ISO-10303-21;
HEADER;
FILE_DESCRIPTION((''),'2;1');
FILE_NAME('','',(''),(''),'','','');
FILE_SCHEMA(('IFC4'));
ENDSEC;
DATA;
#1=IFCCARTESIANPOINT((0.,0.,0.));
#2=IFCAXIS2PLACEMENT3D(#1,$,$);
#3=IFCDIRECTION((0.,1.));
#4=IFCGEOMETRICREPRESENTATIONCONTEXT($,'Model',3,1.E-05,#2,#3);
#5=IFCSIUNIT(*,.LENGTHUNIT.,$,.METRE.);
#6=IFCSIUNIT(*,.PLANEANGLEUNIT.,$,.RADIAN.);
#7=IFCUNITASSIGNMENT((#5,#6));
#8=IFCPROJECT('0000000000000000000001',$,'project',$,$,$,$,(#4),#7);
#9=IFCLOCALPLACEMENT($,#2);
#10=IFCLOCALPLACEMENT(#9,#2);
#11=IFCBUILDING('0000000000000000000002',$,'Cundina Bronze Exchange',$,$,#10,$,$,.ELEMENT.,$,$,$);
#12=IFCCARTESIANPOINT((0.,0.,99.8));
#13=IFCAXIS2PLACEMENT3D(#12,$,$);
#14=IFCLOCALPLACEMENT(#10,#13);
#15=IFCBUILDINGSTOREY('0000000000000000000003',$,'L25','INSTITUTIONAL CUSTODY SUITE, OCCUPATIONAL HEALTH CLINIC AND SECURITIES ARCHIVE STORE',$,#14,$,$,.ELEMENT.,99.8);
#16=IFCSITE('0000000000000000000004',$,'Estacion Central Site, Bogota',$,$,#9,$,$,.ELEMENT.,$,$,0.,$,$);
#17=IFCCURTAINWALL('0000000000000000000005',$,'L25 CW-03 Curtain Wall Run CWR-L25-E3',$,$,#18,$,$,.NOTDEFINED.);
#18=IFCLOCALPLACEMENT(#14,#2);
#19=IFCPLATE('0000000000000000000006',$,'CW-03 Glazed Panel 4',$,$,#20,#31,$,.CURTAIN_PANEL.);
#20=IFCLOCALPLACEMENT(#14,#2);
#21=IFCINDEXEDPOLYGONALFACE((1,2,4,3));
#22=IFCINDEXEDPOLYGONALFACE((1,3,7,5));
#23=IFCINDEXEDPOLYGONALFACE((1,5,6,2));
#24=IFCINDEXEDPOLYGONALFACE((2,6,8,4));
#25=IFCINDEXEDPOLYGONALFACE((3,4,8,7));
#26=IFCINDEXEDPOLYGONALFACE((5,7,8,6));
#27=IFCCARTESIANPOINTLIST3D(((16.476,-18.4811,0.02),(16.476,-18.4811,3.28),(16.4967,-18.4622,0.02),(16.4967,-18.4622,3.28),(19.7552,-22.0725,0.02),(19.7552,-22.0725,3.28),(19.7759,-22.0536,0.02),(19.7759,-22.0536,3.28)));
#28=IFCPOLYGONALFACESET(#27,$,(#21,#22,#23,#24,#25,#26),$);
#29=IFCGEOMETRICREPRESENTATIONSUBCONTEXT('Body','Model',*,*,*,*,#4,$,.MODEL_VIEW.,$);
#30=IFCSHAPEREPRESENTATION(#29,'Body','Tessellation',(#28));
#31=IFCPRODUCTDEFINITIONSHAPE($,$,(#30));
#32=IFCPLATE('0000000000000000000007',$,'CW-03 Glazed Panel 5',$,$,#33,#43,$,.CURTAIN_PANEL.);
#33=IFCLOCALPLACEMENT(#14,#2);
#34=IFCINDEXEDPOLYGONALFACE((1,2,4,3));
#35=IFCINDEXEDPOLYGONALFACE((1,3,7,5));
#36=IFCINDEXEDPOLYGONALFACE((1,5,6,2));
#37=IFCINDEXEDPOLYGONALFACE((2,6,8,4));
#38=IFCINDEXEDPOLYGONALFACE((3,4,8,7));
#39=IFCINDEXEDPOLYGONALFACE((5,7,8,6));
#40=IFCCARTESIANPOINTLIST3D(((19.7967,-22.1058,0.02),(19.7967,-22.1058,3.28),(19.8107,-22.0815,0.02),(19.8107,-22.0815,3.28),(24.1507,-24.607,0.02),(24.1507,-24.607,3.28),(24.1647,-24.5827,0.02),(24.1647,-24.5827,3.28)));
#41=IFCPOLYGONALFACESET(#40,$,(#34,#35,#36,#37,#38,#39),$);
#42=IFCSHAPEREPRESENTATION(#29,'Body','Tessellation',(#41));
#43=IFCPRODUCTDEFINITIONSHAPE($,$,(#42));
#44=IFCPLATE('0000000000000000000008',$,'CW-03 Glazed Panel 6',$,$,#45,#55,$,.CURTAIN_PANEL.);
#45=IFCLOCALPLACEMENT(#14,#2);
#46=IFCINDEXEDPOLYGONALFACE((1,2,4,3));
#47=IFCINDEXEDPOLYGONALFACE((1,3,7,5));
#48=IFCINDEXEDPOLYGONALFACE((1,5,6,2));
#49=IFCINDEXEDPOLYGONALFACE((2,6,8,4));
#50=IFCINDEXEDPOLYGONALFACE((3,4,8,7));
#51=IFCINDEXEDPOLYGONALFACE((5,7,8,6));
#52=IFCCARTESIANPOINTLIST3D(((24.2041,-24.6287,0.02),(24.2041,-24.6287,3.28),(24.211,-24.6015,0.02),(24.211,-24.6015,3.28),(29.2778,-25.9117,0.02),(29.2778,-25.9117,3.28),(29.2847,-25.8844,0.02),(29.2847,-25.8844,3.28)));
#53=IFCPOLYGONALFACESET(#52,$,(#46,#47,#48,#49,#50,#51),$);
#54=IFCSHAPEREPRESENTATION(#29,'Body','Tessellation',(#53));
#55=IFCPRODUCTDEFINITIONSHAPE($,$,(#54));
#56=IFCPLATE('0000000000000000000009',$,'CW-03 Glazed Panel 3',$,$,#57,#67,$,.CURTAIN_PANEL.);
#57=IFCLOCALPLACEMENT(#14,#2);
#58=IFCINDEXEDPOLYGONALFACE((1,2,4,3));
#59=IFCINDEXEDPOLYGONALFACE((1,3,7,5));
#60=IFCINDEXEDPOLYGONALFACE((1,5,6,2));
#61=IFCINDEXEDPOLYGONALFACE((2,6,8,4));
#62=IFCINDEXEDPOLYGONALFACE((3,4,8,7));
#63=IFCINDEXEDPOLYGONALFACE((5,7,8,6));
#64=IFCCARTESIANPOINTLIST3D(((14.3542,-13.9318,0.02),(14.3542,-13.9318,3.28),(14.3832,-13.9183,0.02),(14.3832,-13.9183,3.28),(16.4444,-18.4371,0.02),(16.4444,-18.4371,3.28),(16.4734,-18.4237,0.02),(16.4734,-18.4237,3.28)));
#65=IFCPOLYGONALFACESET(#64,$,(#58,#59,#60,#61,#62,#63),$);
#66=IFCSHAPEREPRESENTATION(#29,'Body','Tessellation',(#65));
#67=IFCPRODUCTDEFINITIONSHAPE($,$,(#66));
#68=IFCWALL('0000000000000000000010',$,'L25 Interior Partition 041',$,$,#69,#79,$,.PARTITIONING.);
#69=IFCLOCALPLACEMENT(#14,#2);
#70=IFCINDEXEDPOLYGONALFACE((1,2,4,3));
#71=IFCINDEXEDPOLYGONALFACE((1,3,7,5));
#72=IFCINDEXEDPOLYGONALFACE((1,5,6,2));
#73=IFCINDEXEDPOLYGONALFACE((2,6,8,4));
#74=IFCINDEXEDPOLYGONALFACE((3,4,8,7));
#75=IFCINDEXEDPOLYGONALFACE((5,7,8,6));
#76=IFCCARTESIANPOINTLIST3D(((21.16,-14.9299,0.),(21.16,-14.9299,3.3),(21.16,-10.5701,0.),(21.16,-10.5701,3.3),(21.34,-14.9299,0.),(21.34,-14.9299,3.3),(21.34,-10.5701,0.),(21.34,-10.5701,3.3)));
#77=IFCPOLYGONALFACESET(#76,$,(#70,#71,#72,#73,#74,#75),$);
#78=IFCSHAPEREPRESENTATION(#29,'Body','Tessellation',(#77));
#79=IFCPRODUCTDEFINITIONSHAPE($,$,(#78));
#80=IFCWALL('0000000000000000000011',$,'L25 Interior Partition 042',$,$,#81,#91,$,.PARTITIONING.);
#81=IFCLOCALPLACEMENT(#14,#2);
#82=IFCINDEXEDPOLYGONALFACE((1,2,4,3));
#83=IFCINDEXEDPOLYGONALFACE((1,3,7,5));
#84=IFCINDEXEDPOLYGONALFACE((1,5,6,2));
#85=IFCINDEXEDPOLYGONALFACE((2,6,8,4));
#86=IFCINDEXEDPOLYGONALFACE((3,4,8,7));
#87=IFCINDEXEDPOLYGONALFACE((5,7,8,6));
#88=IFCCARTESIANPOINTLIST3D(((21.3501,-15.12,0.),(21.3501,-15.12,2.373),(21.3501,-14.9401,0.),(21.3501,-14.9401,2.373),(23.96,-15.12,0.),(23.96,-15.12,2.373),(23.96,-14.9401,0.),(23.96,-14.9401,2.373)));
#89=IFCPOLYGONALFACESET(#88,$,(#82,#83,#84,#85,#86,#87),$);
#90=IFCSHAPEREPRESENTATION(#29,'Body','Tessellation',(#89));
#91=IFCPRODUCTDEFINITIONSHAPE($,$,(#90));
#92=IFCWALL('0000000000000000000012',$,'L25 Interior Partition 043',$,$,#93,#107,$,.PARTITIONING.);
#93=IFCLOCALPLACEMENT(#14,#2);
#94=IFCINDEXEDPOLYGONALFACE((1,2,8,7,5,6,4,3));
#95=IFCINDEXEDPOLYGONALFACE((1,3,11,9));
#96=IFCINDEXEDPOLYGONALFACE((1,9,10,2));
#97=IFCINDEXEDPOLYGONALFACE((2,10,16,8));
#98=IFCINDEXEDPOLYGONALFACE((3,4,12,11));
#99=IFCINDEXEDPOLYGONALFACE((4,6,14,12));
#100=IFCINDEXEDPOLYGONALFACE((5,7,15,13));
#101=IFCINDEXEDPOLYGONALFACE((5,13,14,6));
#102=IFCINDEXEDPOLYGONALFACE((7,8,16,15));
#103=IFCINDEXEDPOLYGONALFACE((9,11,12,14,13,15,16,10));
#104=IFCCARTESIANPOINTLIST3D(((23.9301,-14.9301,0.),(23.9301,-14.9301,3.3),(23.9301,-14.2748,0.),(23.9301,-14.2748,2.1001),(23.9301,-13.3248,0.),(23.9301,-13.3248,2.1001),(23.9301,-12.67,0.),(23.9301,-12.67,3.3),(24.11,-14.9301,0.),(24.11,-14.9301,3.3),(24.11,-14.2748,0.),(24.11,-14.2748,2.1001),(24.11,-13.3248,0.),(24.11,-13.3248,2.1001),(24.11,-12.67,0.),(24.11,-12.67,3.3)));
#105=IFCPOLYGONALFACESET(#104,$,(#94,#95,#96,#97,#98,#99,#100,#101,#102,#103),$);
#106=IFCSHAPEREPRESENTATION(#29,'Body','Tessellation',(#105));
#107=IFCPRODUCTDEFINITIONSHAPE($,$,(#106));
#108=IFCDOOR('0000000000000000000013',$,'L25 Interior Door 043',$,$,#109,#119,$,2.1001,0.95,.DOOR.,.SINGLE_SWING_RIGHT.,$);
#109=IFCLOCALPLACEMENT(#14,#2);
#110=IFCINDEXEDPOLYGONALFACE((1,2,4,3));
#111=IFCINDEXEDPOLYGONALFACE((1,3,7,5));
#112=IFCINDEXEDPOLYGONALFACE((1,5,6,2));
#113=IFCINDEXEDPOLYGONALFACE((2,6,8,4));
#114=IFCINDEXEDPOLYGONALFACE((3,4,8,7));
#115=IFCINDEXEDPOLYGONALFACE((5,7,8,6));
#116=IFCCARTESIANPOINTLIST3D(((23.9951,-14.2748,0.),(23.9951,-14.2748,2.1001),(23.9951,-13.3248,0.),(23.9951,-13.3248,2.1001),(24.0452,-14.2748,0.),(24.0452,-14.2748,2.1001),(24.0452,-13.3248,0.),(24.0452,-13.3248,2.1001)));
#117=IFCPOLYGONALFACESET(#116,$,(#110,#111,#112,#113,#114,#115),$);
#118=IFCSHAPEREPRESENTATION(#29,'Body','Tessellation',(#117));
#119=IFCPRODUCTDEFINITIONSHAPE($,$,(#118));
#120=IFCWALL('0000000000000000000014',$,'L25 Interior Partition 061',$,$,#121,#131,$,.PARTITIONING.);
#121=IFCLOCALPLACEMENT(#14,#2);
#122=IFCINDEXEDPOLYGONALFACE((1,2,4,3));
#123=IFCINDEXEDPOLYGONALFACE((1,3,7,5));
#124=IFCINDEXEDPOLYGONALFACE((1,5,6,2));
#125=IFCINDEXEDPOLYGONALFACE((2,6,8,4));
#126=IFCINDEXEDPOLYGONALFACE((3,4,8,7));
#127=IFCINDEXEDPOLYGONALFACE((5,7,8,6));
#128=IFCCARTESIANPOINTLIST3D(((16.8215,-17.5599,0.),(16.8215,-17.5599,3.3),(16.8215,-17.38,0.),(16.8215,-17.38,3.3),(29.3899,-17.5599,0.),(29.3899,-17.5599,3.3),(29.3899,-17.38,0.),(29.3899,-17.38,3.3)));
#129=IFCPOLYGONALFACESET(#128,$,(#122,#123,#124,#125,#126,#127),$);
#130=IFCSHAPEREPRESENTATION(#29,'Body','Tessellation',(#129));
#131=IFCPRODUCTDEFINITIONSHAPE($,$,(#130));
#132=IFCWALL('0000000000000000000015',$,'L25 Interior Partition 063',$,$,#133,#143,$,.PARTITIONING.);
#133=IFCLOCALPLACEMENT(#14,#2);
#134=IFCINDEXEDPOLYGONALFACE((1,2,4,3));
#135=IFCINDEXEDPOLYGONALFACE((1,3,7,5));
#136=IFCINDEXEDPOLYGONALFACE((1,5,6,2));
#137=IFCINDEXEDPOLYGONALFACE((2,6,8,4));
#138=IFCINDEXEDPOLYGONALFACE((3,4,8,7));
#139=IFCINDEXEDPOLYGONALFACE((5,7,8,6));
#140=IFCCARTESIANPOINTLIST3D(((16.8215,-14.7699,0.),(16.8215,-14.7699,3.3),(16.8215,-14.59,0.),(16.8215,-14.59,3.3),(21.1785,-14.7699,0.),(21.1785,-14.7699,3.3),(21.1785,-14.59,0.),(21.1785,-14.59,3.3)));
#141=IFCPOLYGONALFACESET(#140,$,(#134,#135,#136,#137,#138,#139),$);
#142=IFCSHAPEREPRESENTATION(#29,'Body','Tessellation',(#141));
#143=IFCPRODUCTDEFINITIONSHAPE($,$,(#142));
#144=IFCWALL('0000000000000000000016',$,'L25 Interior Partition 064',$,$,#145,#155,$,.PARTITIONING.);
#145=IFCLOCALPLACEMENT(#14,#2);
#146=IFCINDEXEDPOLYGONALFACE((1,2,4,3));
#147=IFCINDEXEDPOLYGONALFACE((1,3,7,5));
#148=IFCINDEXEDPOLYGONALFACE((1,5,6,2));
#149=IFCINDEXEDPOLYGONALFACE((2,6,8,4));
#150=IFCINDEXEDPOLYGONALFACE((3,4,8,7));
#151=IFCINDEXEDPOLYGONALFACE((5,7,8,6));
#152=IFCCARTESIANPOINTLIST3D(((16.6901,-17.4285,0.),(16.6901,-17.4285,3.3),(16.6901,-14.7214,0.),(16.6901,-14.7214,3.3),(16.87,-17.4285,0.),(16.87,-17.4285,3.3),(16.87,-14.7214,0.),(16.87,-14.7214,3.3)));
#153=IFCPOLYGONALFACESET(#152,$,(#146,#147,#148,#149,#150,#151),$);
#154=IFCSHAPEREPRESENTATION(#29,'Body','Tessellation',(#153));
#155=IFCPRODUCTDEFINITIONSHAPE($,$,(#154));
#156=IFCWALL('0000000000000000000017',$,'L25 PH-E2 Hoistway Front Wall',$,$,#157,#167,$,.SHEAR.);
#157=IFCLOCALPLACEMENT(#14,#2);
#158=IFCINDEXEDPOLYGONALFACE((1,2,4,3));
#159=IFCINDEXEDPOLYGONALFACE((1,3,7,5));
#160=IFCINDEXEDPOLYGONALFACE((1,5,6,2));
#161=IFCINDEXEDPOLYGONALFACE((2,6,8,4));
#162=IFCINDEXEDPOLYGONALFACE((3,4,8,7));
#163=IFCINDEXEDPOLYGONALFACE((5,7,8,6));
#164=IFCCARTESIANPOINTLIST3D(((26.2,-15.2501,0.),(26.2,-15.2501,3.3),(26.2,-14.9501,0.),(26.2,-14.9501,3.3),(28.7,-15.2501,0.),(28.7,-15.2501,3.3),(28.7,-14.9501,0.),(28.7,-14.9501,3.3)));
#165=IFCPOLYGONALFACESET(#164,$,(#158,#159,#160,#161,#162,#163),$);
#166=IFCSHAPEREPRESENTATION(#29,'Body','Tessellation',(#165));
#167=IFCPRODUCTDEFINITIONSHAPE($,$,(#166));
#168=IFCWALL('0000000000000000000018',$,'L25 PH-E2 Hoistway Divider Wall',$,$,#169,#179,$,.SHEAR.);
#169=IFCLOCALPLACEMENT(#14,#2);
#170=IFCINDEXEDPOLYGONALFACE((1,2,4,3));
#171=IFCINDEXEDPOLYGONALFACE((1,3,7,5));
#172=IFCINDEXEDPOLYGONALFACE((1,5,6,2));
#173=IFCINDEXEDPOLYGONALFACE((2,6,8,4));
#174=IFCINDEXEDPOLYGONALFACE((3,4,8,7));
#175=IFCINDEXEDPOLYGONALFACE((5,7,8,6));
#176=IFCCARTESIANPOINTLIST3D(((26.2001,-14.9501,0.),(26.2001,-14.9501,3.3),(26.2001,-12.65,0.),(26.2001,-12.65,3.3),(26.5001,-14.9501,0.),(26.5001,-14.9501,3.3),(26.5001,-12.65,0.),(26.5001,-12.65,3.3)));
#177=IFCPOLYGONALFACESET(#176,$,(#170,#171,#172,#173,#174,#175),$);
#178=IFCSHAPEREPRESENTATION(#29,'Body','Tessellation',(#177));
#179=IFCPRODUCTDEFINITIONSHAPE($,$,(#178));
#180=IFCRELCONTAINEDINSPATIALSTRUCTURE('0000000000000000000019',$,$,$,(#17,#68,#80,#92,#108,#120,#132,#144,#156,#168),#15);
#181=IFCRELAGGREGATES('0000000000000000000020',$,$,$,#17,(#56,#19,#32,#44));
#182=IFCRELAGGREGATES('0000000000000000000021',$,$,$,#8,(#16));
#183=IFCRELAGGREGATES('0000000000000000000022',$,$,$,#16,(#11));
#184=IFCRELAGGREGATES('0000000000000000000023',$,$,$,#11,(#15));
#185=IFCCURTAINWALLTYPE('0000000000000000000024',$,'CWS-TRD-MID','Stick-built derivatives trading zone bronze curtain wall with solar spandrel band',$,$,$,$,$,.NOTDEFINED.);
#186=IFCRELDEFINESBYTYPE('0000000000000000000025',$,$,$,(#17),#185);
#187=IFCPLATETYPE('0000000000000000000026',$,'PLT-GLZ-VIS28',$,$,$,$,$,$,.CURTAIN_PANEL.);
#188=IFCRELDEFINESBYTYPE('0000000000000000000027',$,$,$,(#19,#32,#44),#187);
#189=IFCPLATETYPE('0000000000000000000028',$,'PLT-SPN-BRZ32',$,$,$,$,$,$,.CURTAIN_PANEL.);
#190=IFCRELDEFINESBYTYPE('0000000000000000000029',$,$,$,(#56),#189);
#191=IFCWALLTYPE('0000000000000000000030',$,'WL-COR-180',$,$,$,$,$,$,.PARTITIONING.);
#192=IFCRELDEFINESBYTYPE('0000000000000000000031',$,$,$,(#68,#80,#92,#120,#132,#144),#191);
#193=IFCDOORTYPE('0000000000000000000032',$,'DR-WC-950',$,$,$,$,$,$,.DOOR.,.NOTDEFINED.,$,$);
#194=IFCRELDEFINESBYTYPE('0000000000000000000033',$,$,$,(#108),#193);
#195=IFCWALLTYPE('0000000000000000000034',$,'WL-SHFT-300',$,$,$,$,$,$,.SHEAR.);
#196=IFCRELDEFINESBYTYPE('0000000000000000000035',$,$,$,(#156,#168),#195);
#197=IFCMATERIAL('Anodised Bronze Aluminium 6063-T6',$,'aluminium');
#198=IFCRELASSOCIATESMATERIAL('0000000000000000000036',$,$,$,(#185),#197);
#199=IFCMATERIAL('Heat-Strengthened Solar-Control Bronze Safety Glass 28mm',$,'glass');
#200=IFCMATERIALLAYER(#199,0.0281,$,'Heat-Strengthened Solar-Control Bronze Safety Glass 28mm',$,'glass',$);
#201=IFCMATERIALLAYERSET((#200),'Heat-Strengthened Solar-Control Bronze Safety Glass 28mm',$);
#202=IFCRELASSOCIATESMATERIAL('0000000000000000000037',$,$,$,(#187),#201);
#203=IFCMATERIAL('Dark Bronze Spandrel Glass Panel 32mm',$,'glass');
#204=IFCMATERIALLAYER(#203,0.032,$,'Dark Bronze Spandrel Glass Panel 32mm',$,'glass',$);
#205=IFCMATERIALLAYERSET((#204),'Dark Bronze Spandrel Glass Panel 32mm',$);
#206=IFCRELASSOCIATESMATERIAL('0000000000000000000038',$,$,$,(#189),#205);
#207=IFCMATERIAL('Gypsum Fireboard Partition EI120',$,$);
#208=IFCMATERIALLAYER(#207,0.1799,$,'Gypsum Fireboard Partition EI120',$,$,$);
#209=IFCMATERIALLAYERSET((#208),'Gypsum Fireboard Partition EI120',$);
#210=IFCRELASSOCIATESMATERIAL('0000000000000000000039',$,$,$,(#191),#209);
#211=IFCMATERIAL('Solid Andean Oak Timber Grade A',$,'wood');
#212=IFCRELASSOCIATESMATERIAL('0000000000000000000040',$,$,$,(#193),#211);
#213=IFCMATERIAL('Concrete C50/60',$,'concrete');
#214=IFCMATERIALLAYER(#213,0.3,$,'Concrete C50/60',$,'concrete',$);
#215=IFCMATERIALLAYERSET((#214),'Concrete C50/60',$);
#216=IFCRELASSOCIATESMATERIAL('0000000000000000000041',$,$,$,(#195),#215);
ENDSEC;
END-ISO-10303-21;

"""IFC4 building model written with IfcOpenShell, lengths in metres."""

from ifc_helpers import new_model, si_unit, direction, frame, frame_2d, origin, origin_2d, place, context, subcontext, project, spatial, rectangle, extrude, material, layer, layer_set, type_object, element, fill, aggregate, save


model = new_model("IFC4")

# Units and contexts
model_context = context("Model", 3, precision=1e-05, world=origin(), true_north=direction((0.0, 1.0)))
body_context = subcontext(model_context, "Body", "Model", "MODEL_VIEW")
ifc_project = project(units=[si_unit("LENGTHUNIT", "METRE"), si_unit("PLANEANGLEUNIT", "RADIAN")], contexts=[model_context])

# Site, building, storey
site_placement = place(None, origin())
site = spatial("IfcSite", under=ifc_project, at=site_placement, Name="Estacion Central Site, Bogota", CompositionType="ELEMENT", RefElevation=0.0)
building_placement = place(site_placement, origin())
building = spatial("IfcBuilding", under=site, at=building_placement, Name="Cundina Bronze Exchange", CompositionType="ELEMENT")
storey_placement = place(building_placement, frame((0.0, 0.0, 99.8)))
storey = spatial("IfcBuildingStorey", under=building, at=storey_placement, Name="L25", Description="INSTITUTIONAL CUSTODY SUITE, OCCUPATIONAL HEALTH CLINIC AND SECURITIES ARCHIVE STORE", CompositionType="ELEMENT", Elevation=99.8)

# Curtain wall, plates
ifc_material_1 = material(Name="Anodised Bronze Aluminium 6063-T6", Category="aluminium")
curtain_wall_type = type_object("IfcCurtainWallType", Name="CWS-TRD-MID", Description="Stick-built derivatives trading zone bronze curtain wall with solar spandrel band", PredefinedType="NOTDEFINED", material=ifc_material_1)
curtain_wall_placement = place(storey_placement, origin())
curtain_wall = element("IfcCurtainWall", 1, at=curtain_wall_placement, inside=storey, type_object=curtain_wall_type, Name="L25 CW-03 Curtain Wall Run CWR-L25-E3", PredefinedType="NOTDEFINED")
ifc_material_2 = material(Name="Heat-Strengthened Solar-Control Bronze Safety Glass 28mm", Category="glass")
ifc_layer_1 = layer(ifc_material_2, 0.0281, Name="Heat-Strengthened Solar-Control Bronze Safety Glass 28mm", Category="glass")
ifc_layer_set_1 = layer_set([ifc_layer_1], Name="Heat-Strengthened Solar-Control Bronze Safety Glass 28mm")
plate_type_1 = type_object("IfcPlateType", Name="PLT-GLZ-VIS28", PredefinedType="CURTAIN_PANEL", material=ifc_layer_set_1)
plate_1_placement = place(storey_placement, frame((18.126, -20.2673, 0.02), z_axis=(0.0, 0.0, 1.0), x_axis=(0.674277, -0.738479, 0.0)))
plate_1 = element("IfcPlate", 2, at=plate_1_placement, type_object=plate_type_1, Name="CW-03 Glazed Panel 4", PredefinedType="CURTAIN_PANEL", context=body_context, shape_type="SweptSolid", body=[
    extrude(rectangle(XDim=4.8633, YDim=0.0281, at=origin_2d()), origin(), (0.0, 0.0, 1.0), 3.26),
])
plate_2_placement = place(storey_placement, frame((21.9807, -23.3442, 0.02), z_axis=(0.0, 0.0, 1.0), x_axis=(0.867105, -0.498125, 0.0)))
plate_2 = element("IfcPlate", 3, at=plate_2_placement, type_object=plate_type_1, Name="CW-03 Glazed Panel 5", PredefinedType="CURTAIN_PANEL", context=body_context, shape_type="SweptSolid", body=[
    extrude(rectangle(XDim=5.0212, YDim=0.0281, at=origin_2d()), origin(), (0.0, 0.0, 1.0), 3.26),
])
plate_3_placement = place(storey_placement, frame((26.7444, -25.2566, 0.02), z_axis=(0.0, 0.0, 1.0), x_axis=(0.969488, -0.245138, 0.0)))
plate_3 = element("IfcPlate", 4, at=plate_3_placement, type_object=plate_type_1, Name="CW-03 Glazed Panel 6", PredefinedType="CURTAIN_PANEL", context=body_context, shape_type="SweptSolid", body=[
    extrude(rectangle(XDim=5.2334, YDim=0.0281, at=origin_2d()), origin(), (0.0, 0.0, 1.0), 3.26),
])
ifc_material_3 = material(Name="Dark Bronze Spandrel Glass Panel 32mm", Category="glass")
ifc_layer_2 = layer(ifc_material_3, 0.032, Name="Dark Bronze Spandrel Glass Panel 32mm", Category="glass")
ifc_layer_set_2 = layer_set([ifc_layer_2], Name="Dark Bronze Spandrel Glass Panel 32mm")
plate_type_2 = type_object("IfcPlateType", Name="PLT-SPN-BRZ32", PredefinedType="CURTAIN_PANEL", material=ifc_layer_set_2)
plate_4_placement = place(storey_placement, frame((15.4138, -16.1777, 0.02), z_axis=(0.0, 0.0, 1.0), x_axis=(0.420846, -0.907132, 0.0)))
plate_4 = element("IfcPlate", 5, at=plate_4_placement, type_object=plate_type_2, Name="CW-03 Glazed Panel 3", PredefinedType="CURTAIN_PANEL", context=body_context, shape_type="SweptSolid", body=[
    extrude(rectangle(XDim=4.9666, YDim=0.032, at=origin_2d()), origin(), (0.0, 0.0, 1.0), 3.26),
])
aggregate(curtain_wall, [plate_4, plate_1, plate_2, plate_3])

# Walls
ifc_material_4 = material(Name="Gypsum Fireboard Partition EI120")
ifc_layer_3 = layer(ifc_material_4, 0.1799, Name="Gypsum Fireboard Partition EI120")
ifc_layer_set_3 = layer_set([ifc_layer_3], Name="Gypsum Fireboard Partition EI120")
wall_type_1 = type_object("IfcWallType", Name="WL-COR-180", PredefinedType="PARTITIONING", material=ifc_layer_set_3)
wall_1_placement = place(storey_placement, frame((21.25, -14.9299, 0.0), z_axis=(0.0, 0.0, 1.0), x_axis=(0.0, 1.0, 0.0)))
element("IfcWall", 6, at=wall_1_placement, inside=storey, type_object=wall_type_1, Name="L25 Interior Partition 041", PredefinedType="PARTITIONING", context=body_context, shape_type="SweptSolid", body=[
    extrude(rectangle(XDim=4.3599, YDim=0.1799, at=frame_2d((2.1799, 0.0))), origin(), (0.0, 0.0, 1.0), 3.3),
])
wall_2_placement = place(storey_placement, frame((21.3501, -15.03, 0.0), z_axis=(0.0, 0.0, 1.0), x_axis=(1.0, 0.0, 0.0)))
element("IfcWall", 7, at=wall_2_placement, inside=storey, type_object=wall_type_1, Name="L25 Interior Partition 042", PredefinedType="PARTITIONING", context=body_context, shape_type="SweptSolid", body=[
    extrude(rectangle(XDim=2.6099, YDim=0.1799, at=frame_2d((1.3049, 0.0))), origin(), (0.0, 0.0, 1.0), 2.373),
])

# Wall, opening, door
wall_3_placement = place(storey_placement, frame((24.02, -14.9299, 0.0), z_axis=(0.0, 0.0, 1.0), x_axis=(0.0, 1.0, 0.0)))
wall_3 = element("IfcWall", 8, at=wall_3_placement, inside=storey, type_object=wall_type_1, Name="L25 Interior Partition 043", PredefinedType="PARTITIONING", context=body_context, shape_type="SweptSolid", body=[
    extrude(rectangle(XDim=2.26, YDim=0.1799, at=frame_2d((1.1299, 0.0))), origin(), (0.0, 0.0, 1.0), 3.3),
])
opening_placement = place(wall_3_placement, frame((0.655, 0.0, 0.0)))
opening = element("IfcOpeningElement", 9, at=opening_placement, cuts=wall_3, PredefinedType="OPENING", context=body_context, shape_type="SweptSolid", body=[
    extrude(rectangle(XDim=0.95, YDim=2.1001, at=frame_2d((0.4751, 1.05))), frame((0.0, 0.0999, 0.0), z_axis=(0.0, -1.0, 0.0), x_axis=(1.0, 0.0, 0.0)), (0.0, 0.0, 1.0), 0.2),
])
ifc_material_5 = material(Name="Solid Andean Oak Timber Grade A", Category="wood")
door_type = type_object("IfcDoorType", Name="DR-WC-950", OperationType="NOTDEFINED", PredefinedType="DOOR", material=ifc_material_5)
door_placement = place(opening_placement, origin())
door = element("IfcDoor", 10, at=door_placement, inside=storey, type_object=door_type, Name="L25 Interior Door 043", OperationType="SINGLE_SWING_RIGHT", OverallHeight=2.1001, OverallWidth=0.95, PredefinedType="DOOR", context=body_context, shape_type="SweptSolid", body=[
    extrude(rectangle(XDim=0.95, YDim=2.1001, at=frame_2d((0.4751, 1.05))), frame((0.0, 0.0249, 0.0), z_axis=(0.0, -1.0, 0.0), x_axis=(1.0, 0.0, 0.0)), (0.0, 0.0, 1.0), 0.05),
])
fill(opening, door)

# Walls
wall_4_placement = place(storey_placement, frame((16.8215, -17.47, 0.0), z_axis=(0.0, 0.0, 1.0), x_axis=(1.0, 0.0, 0.0)))
element("IfcWall", 11, at=wall_4_placement, inside=storey, type_object=wall_type_1, Name="L25 Interior Partition 061", PredefinedType="PARTITIONING", context=body_context, shape_type="SweptSolid", body=[
    extrude(rectangle(XDim=12.5684, YDim=0.1799, at=frame_2d((6.2842, 0.0))), origin(), (0.0, 0.0, 1.0), 3.3),
])
wall_5_placement = place(storey_placement, frame((21.1785, -14.6799, 0.0), z_axis=(0.0, 0.0, 1.0), x_axis=(-1.0, 0.0, 0.0)))
element("IfcWall", 12, at=wall_5_placement, inside=storey, type_object=wall_type_1, Name="L25 Interior Partition 063", PredefinedType="PARTITIONING", context=body_context, shape_type="SweptSolid", body=[
    extrude(rectangle(XDim=4.3569, YDim=0.1799, at=frame_2d((2.1785, 0.0))), origin(), (0.0, 0.0, 1.0), 3.3),
])
wall_6_placement = place(storey_placement, frame((16.78, -14.7214, 0.0), z_axis=(0.0, 0.0, 1.0), x_axis=(0.0, -1.0, 0.0)))
element("IfcWall", 13, at=wall_6_placement, inside=storey, type_object=wall_type_1, Name="L25 Interior Partition 064", PredefinedType="PARTITIONING", context=body_context, shape_type="SweptSolid", body=[
    extrude(rectangle(XDim=2.707, YDim=0.1799, at=frame_2d((1.3535, 0.0))), origin(), (0.0, 0.0, 1.0), 3.3),
])
ifc_material_6 = material(Name="Concrete C50/60", Category="concrete")
ifc_layer_4 = layer(ifc_material_6, 0.3, Name="Concrete C50/60", Category="concrete")
ifc_layer_set_4 = layer_set([ifc_layer_4], Name="Concrete C50/60")
wall_type_2 = type_object("IfcWallType", Name="WL-SHFT-300", PredefinedType="SHEAR", material=ifc_layer_set_4)
wall_7_placement = place(storey_placement, frame((26.2, -15.1001, 0.0), z_axis=(0.0, 0.0, 1.0), x_axis=(1.0, 0.0, 0.0)))
element("IfcWall", 14, at=wall_7_placement, inside=storey, type_object=wall_type_2, Name="L25 PH-E2 Hoistway Front Wall", PredefinedType="SHEAR", context=body_context, shape_type="SweptSolid", body=[
    extrude(rectangle(XDim=2.5, YDim=0.3, at=frame_2d((1.25, 0.0))), origin(), (0.0, 0.0, 1.0), 3.3),
])
wall_8_placement = place(storey_placement, frame((26.3501, -14.95, 0.0), z_axis=(0.0, 0.0, 1.0), x_axis=(0.0, 1.0, 0.0)))
element("IfcWall", 15, at=wall_8_placement, inside=storey, type_object=wall_type_2, Name="L25 PH-E2 Hoistway Divider Wall", PredefinedType="SHEAR", context=body_context, shape_type="SweptSolid", body=[
    extrude(rectangle(XDim=2.3, YDim=0.3, at=frame_2d((1.1499, 0.0))), origin(), (0.0, 0.0, 1.0), 3.3),
])

save(model, "model.ifc")
